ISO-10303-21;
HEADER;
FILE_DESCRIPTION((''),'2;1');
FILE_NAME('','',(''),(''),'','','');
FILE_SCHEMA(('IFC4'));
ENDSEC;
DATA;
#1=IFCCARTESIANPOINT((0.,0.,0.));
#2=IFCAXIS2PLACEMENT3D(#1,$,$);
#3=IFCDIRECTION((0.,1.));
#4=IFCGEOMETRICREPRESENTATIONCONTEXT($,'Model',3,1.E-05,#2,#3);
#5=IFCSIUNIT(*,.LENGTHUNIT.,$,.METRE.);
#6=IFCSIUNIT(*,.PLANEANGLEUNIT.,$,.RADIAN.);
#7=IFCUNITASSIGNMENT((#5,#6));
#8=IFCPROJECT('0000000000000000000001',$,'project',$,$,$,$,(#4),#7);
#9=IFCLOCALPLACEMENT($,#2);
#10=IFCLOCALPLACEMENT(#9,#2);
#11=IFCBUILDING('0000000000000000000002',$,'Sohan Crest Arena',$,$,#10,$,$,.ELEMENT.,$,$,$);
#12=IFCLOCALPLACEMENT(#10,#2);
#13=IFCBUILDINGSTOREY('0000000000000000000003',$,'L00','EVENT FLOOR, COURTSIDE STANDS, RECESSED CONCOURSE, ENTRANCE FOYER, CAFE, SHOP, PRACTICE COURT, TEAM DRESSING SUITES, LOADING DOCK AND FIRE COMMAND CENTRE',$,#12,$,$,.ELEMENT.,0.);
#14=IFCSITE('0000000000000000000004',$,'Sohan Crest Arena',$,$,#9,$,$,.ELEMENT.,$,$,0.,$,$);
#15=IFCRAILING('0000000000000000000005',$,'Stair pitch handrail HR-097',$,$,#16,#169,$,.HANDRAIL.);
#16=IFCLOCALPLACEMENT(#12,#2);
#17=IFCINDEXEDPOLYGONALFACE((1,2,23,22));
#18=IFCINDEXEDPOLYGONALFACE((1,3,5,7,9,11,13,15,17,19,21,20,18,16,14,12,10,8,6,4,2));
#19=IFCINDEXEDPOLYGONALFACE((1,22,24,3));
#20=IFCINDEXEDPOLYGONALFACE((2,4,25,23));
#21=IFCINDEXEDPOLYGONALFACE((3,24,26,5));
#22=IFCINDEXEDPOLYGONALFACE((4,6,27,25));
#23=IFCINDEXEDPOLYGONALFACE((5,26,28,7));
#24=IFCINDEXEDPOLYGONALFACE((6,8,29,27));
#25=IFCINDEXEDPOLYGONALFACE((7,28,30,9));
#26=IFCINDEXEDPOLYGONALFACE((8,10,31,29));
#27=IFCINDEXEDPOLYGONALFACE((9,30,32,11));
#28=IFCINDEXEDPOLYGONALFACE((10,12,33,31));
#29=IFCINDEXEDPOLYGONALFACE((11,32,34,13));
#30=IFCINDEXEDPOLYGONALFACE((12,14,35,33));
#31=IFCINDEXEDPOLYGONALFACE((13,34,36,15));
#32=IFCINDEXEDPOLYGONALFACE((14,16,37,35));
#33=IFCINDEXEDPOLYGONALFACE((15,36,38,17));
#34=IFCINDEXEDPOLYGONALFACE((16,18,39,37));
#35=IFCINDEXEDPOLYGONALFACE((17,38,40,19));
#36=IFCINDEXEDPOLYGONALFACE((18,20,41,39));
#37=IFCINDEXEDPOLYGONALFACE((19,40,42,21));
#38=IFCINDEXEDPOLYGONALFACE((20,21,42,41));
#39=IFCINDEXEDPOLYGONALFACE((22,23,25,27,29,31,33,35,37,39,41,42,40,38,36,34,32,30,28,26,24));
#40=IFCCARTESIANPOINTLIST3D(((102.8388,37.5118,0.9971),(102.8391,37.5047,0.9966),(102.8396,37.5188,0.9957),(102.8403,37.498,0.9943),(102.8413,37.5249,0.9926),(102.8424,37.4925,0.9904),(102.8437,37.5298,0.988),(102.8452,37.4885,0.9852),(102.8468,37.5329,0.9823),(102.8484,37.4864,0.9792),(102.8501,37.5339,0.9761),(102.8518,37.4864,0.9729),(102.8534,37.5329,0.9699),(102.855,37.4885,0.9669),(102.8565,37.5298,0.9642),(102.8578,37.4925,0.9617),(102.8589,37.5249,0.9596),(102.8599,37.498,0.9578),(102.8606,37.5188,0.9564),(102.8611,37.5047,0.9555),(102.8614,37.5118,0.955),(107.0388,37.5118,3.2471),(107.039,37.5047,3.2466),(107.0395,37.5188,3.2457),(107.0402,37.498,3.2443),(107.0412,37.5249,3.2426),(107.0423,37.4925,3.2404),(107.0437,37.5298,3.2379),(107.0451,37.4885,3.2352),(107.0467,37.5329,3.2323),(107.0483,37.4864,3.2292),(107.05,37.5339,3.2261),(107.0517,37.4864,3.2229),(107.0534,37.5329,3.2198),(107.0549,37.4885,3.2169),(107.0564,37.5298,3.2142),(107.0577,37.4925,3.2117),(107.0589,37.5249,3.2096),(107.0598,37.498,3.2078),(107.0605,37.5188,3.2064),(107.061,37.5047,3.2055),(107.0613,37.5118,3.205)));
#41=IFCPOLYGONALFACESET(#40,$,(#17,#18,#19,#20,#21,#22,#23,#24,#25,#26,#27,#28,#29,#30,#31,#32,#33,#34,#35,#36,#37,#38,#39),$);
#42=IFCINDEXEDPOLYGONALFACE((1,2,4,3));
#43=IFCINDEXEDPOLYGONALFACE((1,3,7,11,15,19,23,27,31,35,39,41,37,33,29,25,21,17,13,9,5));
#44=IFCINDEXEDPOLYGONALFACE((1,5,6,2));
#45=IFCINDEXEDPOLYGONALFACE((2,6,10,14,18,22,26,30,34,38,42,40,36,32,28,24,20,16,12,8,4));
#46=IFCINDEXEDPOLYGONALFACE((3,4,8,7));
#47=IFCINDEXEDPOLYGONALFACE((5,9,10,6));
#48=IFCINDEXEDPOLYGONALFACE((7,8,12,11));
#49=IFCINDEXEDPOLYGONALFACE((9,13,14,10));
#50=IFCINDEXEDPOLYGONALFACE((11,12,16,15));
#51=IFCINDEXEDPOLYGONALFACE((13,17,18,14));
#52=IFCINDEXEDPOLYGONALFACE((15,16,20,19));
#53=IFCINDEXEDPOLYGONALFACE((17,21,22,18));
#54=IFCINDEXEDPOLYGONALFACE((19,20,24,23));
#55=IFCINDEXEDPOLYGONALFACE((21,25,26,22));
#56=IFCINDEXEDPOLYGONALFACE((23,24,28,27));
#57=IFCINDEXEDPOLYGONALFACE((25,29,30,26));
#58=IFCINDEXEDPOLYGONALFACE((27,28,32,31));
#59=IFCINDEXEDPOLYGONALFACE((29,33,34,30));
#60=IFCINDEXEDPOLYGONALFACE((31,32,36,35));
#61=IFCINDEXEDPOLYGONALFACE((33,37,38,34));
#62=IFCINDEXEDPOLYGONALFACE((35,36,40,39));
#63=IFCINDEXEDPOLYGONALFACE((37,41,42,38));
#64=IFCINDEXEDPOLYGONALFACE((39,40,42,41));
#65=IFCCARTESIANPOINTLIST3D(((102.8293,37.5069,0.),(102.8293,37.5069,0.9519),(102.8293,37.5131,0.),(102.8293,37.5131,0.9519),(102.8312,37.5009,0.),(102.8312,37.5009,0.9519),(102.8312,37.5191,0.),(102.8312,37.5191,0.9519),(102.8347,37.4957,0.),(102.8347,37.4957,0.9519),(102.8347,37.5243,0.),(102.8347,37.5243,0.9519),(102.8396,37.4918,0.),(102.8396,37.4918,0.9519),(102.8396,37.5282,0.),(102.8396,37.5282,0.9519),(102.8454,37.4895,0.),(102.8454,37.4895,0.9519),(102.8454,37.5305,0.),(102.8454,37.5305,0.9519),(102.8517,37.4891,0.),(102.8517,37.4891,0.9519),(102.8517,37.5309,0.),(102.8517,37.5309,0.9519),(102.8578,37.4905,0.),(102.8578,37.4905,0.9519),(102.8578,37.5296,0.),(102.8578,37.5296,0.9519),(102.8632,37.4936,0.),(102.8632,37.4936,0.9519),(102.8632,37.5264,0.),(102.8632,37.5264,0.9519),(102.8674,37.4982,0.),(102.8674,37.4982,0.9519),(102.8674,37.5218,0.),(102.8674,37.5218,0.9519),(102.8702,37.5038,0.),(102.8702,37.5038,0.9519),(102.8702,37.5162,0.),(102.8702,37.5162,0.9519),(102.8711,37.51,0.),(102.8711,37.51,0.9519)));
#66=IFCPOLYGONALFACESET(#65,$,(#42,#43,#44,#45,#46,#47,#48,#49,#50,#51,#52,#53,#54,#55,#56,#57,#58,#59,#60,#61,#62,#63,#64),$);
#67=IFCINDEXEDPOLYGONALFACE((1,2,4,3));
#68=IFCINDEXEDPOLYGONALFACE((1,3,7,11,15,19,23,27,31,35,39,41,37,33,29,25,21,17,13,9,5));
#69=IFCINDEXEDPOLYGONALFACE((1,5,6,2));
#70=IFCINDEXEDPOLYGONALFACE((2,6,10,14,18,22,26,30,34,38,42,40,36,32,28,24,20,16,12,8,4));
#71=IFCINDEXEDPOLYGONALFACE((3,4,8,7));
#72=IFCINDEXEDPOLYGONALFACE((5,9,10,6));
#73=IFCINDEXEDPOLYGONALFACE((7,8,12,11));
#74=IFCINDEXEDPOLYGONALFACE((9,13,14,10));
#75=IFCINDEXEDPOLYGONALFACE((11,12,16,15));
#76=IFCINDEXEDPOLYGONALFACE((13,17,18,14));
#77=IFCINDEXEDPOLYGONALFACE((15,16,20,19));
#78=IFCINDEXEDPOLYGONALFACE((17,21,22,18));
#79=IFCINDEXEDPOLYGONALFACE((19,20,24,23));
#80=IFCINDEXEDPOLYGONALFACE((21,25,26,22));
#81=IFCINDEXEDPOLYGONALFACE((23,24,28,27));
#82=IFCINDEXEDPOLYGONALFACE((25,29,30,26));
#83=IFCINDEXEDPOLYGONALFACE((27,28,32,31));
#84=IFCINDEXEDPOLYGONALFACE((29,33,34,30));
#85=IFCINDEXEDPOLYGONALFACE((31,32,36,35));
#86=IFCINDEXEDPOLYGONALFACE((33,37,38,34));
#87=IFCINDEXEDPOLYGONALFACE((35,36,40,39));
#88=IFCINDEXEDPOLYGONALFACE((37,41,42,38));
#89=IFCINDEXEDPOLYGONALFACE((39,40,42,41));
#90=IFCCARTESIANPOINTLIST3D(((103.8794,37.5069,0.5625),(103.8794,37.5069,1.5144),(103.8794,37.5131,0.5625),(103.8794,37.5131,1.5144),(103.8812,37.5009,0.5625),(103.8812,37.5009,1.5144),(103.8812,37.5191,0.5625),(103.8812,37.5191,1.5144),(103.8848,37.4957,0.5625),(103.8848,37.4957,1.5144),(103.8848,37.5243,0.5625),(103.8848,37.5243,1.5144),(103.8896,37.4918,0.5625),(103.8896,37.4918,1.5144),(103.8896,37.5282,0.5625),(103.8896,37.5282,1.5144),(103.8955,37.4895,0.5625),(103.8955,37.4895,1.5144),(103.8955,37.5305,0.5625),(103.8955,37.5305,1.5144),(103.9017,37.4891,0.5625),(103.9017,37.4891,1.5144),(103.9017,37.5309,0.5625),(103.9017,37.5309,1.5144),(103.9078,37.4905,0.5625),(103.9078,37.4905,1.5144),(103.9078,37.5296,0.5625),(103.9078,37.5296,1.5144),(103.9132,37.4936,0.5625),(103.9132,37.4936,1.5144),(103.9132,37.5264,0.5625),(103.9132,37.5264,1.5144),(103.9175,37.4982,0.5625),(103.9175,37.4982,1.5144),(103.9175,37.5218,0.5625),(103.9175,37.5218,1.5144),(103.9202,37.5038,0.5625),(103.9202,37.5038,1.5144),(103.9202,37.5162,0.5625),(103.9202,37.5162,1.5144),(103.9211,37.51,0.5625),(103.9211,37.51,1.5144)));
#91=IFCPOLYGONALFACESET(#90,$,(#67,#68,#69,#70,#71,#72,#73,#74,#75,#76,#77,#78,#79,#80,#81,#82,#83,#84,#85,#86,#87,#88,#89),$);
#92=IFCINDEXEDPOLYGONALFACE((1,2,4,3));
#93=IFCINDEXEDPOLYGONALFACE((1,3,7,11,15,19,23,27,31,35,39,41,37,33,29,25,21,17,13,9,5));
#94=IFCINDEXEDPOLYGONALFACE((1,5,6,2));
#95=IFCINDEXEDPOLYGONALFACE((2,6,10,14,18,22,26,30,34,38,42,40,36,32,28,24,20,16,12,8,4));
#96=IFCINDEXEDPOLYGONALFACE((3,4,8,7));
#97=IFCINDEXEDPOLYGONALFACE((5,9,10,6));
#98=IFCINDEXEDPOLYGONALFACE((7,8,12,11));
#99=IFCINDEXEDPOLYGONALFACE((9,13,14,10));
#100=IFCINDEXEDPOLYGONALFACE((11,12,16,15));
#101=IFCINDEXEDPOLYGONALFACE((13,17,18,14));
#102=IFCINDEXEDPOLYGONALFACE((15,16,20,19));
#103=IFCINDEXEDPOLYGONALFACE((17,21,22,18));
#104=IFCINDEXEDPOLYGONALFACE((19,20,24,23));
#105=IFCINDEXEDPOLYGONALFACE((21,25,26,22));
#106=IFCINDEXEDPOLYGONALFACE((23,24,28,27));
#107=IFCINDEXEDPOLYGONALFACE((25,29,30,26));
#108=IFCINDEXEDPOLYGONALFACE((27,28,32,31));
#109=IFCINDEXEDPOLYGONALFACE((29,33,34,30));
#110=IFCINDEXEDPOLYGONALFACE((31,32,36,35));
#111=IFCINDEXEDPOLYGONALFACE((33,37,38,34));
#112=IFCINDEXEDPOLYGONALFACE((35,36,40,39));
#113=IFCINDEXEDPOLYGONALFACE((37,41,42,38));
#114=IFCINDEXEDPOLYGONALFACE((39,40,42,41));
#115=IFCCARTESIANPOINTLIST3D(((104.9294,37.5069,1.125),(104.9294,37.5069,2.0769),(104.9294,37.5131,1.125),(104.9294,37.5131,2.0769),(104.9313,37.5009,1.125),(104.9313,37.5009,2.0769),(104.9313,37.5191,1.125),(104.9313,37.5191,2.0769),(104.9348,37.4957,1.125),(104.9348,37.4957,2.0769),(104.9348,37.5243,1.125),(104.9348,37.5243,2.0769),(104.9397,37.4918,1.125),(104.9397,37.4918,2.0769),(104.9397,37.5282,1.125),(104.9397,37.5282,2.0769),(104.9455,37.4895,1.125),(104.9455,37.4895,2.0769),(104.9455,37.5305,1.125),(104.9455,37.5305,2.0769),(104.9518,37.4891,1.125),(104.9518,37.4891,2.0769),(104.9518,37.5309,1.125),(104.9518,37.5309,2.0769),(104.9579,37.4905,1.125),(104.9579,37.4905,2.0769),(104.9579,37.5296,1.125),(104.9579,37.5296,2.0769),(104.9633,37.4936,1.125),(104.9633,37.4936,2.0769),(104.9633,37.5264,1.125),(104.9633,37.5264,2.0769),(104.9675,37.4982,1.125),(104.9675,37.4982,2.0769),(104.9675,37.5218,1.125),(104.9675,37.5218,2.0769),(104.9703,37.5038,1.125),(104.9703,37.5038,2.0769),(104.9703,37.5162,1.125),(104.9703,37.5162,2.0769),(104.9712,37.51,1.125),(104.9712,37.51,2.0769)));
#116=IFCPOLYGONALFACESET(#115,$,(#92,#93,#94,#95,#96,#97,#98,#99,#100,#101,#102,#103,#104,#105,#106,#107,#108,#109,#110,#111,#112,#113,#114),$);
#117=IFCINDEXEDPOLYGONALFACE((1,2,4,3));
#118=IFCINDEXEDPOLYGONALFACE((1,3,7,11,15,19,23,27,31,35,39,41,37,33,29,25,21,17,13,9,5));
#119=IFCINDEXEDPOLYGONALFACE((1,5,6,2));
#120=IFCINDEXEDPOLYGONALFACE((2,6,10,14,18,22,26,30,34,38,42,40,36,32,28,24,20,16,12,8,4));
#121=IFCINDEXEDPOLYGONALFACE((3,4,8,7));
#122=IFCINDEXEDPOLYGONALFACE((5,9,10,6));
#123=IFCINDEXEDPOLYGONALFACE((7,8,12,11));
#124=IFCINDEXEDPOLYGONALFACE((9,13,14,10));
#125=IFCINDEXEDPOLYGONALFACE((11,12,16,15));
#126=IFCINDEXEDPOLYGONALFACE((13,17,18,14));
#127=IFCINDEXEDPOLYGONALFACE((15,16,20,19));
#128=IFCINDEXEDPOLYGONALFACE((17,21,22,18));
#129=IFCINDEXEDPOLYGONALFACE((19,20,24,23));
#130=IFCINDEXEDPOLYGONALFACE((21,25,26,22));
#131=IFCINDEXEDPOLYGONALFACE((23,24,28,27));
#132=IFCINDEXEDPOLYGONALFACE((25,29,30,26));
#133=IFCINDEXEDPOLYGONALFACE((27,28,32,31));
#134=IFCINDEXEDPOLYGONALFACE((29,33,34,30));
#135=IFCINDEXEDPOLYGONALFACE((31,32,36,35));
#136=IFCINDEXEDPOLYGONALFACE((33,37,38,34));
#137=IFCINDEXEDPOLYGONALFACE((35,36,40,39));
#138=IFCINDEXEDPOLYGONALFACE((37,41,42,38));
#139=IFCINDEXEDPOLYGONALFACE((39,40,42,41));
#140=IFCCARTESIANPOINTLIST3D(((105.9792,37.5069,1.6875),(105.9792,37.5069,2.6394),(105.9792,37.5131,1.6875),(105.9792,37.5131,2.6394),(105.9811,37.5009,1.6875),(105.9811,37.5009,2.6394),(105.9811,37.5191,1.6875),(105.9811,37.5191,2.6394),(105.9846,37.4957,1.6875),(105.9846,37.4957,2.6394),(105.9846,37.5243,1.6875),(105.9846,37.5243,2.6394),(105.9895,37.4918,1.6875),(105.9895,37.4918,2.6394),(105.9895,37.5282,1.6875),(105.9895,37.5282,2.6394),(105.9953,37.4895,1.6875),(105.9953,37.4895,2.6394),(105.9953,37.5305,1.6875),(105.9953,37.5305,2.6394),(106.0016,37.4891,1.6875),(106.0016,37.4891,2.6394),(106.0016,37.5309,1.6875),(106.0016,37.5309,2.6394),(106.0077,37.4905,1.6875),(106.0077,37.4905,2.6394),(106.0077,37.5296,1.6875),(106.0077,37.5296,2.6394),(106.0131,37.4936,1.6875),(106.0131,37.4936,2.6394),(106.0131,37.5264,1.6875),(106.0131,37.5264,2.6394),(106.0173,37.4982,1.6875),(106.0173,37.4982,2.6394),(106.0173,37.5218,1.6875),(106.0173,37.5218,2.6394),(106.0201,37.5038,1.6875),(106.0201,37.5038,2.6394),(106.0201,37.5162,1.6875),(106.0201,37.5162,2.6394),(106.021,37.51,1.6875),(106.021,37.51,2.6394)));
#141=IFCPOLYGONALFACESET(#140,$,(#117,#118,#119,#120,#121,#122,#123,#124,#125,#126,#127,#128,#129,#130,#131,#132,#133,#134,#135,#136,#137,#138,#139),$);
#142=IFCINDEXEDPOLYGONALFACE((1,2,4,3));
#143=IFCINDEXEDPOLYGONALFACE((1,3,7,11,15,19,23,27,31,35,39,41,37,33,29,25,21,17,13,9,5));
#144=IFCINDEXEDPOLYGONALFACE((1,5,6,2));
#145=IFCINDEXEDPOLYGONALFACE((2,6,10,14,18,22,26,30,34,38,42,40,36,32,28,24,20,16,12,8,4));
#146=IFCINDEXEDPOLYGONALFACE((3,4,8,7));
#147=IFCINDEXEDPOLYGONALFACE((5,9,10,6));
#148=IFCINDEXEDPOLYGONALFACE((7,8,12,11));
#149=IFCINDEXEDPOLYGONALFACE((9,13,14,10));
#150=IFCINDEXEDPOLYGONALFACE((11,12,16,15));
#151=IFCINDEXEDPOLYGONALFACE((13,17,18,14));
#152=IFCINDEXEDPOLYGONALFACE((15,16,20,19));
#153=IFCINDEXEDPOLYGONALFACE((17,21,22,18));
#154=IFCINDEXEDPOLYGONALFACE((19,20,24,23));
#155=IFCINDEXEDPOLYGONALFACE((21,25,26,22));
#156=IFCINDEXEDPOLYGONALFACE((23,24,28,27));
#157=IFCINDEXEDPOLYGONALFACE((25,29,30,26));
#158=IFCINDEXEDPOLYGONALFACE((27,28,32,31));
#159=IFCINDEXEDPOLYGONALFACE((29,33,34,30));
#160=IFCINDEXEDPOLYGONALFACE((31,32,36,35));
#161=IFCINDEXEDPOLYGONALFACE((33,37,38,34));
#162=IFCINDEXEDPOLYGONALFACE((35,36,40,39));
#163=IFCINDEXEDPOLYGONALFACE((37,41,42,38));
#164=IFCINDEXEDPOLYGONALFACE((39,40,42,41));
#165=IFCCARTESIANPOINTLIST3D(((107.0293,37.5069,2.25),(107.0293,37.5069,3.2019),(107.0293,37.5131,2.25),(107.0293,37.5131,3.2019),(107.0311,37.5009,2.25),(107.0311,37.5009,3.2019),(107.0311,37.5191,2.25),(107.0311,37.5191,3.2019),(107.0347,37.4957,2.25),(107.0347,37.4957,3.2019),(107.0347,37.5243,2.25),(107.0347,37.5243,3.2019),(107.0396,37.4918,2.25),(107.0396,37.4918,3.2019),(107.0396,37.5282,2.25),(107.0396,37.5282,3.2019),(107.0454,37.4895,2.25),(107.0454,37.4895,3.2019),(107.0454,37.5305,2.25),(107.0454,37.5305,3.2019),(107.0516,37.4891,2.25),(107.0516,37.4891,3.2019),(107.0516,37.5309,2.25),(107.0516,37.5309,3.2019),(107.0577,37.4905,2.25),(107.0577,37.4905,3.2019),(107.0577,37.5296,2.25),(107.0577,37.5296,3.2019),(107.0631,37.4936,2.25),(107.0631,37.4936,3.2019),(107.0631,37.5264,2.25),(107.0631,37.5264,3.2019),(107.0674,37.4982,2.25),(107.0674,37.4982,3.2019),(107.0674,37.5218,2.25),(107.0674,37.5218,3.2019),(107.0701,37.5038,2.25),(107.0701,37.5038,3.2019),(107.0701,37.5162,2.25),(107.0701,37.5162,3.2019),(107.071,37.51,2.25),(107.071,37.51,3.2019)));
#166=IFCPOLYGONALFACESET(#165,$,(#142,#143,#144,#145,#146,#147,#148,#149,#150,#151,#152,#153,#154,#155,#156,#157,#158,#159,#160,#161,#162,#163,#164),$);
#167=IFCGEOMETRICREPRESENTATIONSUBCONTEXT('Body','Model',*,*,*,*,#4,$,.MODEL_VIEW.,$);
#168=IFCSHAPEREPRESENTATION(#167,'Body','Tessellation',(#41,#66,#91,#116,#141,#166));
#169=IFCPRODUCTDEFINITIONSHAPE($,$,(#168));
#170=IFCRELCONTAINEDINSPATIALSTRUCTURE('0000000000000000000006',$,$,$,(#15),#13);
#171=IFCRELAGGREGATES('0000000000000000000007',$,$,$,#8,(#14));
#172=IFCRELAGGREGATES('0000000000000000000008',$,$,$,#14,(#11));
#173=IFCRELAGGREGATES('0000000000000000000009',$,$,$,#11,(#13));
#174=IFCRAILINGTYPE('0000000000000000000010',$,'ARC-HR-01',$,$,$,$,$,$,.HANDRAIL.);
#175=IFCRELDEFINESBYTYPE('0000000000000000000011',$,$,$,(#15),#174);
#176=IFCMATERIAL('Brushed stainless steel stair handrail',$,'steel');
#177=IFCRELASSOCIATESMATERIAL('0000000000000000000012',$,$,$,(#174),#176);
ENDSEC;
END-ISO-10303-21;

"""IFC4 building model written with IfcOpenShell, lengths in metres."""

from ifc_helpers import new_model, si_unit, direction, frame, origin, origin_2d, place, context, subcontext, project, spatial, circle, extrude, material, type_object, element, save


model = new_model("IFC4")

# Units and contexts
model_context = context("Model", 3, precision=1e-05, world=origin(), true_north=direction((0.0, 1.0)))
body_context = subcontext(model_context, "Body", "Model", "MODEL_VIEW")
ifc_project = project(units=[si_unit("LENGTHUNIT", "METRE"), si_unit("PLANEANGLEUNIT", "RADIAN")], contexts=[model_context])

# Site, building, storey
site_placement = place(None, origin())
site = spatial("IfcSite", under=ifc_project, at=site_placement, Name="Sohan Crest Arena", CompositionType="ELEMENT", RefElevation=0.0)
building_placement = place(site_placement, origin())
building = spatial("IfcBuilding", under=site, at=building_placement, Name="Sohan Crest Arena", CompositionType="ELEMENT")
storey_placement = place(building_placement, origin())
storey = spatial("IfcBuildingStorey", under=building, at=storey_placement, Name="L00", Description="EVENT FLOOR, COURTSIDE STANDS, RECESSED CONCOURSE, ENTRANCE FOYER, CAFE, SHOP, PRACTICE COURT, TEAM DRESSING SUITES, LOADING DOCK AND FIRE COMMAND CENTRE", CompositionType="ELEMENT", Elevation=0.0)

# Railing
ifc_material_1 = material(Name="Brushed stainless steel stair handrail", Category="steel")
railing_type_1 = type_object("IfcRailingType", Name="ARC-HR-01", PredefinedType="HANDRAIL", material=ifc_material_1)
for number, where, name in (
    (1, (102.8501, 37.51, 0.0), "Stair pitch handrail HR-097"),
):
    element("IfcRailing", number, at=place(storey_placement, frame(where)), inside=storey, type_object=railing_type_1, Name=name, PredefinedType="HANDRAIL", context=body_context, shape_type="SweptSolid", body=[
        extrude(circle(Radius=0.0239, at=origin_2d()), frame((0.0, 0.0, 0.9761), z_axis=(0.881478, 0.0, 0.472226), x_axis=(0.0, 1.0, 0.0)), (0.0, 0.0, 1.0), 4.7646),
        extrude(circle(Radius=0.021, at=origin_2d()), origin(), (0.0, 0.0, 1.0), 0.9519),
        extrude(circle(Radius=0.021, at=origin_2d()), frame((1.05, 0.0, 0.5625)), (0.0, 0.0, 1.0), 0.9519),
        extrude(circle(Radius=0.021, at=origin_2d()), frame((2.1001, 0.0, 1.125)), (0.0, 0.0, 1.0), 0.9519),
        extrude(circle(Radius=0.021, at=origin_2d()), frame((3.1499, 0.0, 1.6875)), (0.0, 0.0, 1.0), 0.9519),
        extrude(circle(Radius=0.021, at=origin_2d()), frame((4.2, 0.0, 2.25)), (0.0, 0.0, 1.0), 0.9519),
    ])

save(model, "model.ifc")
